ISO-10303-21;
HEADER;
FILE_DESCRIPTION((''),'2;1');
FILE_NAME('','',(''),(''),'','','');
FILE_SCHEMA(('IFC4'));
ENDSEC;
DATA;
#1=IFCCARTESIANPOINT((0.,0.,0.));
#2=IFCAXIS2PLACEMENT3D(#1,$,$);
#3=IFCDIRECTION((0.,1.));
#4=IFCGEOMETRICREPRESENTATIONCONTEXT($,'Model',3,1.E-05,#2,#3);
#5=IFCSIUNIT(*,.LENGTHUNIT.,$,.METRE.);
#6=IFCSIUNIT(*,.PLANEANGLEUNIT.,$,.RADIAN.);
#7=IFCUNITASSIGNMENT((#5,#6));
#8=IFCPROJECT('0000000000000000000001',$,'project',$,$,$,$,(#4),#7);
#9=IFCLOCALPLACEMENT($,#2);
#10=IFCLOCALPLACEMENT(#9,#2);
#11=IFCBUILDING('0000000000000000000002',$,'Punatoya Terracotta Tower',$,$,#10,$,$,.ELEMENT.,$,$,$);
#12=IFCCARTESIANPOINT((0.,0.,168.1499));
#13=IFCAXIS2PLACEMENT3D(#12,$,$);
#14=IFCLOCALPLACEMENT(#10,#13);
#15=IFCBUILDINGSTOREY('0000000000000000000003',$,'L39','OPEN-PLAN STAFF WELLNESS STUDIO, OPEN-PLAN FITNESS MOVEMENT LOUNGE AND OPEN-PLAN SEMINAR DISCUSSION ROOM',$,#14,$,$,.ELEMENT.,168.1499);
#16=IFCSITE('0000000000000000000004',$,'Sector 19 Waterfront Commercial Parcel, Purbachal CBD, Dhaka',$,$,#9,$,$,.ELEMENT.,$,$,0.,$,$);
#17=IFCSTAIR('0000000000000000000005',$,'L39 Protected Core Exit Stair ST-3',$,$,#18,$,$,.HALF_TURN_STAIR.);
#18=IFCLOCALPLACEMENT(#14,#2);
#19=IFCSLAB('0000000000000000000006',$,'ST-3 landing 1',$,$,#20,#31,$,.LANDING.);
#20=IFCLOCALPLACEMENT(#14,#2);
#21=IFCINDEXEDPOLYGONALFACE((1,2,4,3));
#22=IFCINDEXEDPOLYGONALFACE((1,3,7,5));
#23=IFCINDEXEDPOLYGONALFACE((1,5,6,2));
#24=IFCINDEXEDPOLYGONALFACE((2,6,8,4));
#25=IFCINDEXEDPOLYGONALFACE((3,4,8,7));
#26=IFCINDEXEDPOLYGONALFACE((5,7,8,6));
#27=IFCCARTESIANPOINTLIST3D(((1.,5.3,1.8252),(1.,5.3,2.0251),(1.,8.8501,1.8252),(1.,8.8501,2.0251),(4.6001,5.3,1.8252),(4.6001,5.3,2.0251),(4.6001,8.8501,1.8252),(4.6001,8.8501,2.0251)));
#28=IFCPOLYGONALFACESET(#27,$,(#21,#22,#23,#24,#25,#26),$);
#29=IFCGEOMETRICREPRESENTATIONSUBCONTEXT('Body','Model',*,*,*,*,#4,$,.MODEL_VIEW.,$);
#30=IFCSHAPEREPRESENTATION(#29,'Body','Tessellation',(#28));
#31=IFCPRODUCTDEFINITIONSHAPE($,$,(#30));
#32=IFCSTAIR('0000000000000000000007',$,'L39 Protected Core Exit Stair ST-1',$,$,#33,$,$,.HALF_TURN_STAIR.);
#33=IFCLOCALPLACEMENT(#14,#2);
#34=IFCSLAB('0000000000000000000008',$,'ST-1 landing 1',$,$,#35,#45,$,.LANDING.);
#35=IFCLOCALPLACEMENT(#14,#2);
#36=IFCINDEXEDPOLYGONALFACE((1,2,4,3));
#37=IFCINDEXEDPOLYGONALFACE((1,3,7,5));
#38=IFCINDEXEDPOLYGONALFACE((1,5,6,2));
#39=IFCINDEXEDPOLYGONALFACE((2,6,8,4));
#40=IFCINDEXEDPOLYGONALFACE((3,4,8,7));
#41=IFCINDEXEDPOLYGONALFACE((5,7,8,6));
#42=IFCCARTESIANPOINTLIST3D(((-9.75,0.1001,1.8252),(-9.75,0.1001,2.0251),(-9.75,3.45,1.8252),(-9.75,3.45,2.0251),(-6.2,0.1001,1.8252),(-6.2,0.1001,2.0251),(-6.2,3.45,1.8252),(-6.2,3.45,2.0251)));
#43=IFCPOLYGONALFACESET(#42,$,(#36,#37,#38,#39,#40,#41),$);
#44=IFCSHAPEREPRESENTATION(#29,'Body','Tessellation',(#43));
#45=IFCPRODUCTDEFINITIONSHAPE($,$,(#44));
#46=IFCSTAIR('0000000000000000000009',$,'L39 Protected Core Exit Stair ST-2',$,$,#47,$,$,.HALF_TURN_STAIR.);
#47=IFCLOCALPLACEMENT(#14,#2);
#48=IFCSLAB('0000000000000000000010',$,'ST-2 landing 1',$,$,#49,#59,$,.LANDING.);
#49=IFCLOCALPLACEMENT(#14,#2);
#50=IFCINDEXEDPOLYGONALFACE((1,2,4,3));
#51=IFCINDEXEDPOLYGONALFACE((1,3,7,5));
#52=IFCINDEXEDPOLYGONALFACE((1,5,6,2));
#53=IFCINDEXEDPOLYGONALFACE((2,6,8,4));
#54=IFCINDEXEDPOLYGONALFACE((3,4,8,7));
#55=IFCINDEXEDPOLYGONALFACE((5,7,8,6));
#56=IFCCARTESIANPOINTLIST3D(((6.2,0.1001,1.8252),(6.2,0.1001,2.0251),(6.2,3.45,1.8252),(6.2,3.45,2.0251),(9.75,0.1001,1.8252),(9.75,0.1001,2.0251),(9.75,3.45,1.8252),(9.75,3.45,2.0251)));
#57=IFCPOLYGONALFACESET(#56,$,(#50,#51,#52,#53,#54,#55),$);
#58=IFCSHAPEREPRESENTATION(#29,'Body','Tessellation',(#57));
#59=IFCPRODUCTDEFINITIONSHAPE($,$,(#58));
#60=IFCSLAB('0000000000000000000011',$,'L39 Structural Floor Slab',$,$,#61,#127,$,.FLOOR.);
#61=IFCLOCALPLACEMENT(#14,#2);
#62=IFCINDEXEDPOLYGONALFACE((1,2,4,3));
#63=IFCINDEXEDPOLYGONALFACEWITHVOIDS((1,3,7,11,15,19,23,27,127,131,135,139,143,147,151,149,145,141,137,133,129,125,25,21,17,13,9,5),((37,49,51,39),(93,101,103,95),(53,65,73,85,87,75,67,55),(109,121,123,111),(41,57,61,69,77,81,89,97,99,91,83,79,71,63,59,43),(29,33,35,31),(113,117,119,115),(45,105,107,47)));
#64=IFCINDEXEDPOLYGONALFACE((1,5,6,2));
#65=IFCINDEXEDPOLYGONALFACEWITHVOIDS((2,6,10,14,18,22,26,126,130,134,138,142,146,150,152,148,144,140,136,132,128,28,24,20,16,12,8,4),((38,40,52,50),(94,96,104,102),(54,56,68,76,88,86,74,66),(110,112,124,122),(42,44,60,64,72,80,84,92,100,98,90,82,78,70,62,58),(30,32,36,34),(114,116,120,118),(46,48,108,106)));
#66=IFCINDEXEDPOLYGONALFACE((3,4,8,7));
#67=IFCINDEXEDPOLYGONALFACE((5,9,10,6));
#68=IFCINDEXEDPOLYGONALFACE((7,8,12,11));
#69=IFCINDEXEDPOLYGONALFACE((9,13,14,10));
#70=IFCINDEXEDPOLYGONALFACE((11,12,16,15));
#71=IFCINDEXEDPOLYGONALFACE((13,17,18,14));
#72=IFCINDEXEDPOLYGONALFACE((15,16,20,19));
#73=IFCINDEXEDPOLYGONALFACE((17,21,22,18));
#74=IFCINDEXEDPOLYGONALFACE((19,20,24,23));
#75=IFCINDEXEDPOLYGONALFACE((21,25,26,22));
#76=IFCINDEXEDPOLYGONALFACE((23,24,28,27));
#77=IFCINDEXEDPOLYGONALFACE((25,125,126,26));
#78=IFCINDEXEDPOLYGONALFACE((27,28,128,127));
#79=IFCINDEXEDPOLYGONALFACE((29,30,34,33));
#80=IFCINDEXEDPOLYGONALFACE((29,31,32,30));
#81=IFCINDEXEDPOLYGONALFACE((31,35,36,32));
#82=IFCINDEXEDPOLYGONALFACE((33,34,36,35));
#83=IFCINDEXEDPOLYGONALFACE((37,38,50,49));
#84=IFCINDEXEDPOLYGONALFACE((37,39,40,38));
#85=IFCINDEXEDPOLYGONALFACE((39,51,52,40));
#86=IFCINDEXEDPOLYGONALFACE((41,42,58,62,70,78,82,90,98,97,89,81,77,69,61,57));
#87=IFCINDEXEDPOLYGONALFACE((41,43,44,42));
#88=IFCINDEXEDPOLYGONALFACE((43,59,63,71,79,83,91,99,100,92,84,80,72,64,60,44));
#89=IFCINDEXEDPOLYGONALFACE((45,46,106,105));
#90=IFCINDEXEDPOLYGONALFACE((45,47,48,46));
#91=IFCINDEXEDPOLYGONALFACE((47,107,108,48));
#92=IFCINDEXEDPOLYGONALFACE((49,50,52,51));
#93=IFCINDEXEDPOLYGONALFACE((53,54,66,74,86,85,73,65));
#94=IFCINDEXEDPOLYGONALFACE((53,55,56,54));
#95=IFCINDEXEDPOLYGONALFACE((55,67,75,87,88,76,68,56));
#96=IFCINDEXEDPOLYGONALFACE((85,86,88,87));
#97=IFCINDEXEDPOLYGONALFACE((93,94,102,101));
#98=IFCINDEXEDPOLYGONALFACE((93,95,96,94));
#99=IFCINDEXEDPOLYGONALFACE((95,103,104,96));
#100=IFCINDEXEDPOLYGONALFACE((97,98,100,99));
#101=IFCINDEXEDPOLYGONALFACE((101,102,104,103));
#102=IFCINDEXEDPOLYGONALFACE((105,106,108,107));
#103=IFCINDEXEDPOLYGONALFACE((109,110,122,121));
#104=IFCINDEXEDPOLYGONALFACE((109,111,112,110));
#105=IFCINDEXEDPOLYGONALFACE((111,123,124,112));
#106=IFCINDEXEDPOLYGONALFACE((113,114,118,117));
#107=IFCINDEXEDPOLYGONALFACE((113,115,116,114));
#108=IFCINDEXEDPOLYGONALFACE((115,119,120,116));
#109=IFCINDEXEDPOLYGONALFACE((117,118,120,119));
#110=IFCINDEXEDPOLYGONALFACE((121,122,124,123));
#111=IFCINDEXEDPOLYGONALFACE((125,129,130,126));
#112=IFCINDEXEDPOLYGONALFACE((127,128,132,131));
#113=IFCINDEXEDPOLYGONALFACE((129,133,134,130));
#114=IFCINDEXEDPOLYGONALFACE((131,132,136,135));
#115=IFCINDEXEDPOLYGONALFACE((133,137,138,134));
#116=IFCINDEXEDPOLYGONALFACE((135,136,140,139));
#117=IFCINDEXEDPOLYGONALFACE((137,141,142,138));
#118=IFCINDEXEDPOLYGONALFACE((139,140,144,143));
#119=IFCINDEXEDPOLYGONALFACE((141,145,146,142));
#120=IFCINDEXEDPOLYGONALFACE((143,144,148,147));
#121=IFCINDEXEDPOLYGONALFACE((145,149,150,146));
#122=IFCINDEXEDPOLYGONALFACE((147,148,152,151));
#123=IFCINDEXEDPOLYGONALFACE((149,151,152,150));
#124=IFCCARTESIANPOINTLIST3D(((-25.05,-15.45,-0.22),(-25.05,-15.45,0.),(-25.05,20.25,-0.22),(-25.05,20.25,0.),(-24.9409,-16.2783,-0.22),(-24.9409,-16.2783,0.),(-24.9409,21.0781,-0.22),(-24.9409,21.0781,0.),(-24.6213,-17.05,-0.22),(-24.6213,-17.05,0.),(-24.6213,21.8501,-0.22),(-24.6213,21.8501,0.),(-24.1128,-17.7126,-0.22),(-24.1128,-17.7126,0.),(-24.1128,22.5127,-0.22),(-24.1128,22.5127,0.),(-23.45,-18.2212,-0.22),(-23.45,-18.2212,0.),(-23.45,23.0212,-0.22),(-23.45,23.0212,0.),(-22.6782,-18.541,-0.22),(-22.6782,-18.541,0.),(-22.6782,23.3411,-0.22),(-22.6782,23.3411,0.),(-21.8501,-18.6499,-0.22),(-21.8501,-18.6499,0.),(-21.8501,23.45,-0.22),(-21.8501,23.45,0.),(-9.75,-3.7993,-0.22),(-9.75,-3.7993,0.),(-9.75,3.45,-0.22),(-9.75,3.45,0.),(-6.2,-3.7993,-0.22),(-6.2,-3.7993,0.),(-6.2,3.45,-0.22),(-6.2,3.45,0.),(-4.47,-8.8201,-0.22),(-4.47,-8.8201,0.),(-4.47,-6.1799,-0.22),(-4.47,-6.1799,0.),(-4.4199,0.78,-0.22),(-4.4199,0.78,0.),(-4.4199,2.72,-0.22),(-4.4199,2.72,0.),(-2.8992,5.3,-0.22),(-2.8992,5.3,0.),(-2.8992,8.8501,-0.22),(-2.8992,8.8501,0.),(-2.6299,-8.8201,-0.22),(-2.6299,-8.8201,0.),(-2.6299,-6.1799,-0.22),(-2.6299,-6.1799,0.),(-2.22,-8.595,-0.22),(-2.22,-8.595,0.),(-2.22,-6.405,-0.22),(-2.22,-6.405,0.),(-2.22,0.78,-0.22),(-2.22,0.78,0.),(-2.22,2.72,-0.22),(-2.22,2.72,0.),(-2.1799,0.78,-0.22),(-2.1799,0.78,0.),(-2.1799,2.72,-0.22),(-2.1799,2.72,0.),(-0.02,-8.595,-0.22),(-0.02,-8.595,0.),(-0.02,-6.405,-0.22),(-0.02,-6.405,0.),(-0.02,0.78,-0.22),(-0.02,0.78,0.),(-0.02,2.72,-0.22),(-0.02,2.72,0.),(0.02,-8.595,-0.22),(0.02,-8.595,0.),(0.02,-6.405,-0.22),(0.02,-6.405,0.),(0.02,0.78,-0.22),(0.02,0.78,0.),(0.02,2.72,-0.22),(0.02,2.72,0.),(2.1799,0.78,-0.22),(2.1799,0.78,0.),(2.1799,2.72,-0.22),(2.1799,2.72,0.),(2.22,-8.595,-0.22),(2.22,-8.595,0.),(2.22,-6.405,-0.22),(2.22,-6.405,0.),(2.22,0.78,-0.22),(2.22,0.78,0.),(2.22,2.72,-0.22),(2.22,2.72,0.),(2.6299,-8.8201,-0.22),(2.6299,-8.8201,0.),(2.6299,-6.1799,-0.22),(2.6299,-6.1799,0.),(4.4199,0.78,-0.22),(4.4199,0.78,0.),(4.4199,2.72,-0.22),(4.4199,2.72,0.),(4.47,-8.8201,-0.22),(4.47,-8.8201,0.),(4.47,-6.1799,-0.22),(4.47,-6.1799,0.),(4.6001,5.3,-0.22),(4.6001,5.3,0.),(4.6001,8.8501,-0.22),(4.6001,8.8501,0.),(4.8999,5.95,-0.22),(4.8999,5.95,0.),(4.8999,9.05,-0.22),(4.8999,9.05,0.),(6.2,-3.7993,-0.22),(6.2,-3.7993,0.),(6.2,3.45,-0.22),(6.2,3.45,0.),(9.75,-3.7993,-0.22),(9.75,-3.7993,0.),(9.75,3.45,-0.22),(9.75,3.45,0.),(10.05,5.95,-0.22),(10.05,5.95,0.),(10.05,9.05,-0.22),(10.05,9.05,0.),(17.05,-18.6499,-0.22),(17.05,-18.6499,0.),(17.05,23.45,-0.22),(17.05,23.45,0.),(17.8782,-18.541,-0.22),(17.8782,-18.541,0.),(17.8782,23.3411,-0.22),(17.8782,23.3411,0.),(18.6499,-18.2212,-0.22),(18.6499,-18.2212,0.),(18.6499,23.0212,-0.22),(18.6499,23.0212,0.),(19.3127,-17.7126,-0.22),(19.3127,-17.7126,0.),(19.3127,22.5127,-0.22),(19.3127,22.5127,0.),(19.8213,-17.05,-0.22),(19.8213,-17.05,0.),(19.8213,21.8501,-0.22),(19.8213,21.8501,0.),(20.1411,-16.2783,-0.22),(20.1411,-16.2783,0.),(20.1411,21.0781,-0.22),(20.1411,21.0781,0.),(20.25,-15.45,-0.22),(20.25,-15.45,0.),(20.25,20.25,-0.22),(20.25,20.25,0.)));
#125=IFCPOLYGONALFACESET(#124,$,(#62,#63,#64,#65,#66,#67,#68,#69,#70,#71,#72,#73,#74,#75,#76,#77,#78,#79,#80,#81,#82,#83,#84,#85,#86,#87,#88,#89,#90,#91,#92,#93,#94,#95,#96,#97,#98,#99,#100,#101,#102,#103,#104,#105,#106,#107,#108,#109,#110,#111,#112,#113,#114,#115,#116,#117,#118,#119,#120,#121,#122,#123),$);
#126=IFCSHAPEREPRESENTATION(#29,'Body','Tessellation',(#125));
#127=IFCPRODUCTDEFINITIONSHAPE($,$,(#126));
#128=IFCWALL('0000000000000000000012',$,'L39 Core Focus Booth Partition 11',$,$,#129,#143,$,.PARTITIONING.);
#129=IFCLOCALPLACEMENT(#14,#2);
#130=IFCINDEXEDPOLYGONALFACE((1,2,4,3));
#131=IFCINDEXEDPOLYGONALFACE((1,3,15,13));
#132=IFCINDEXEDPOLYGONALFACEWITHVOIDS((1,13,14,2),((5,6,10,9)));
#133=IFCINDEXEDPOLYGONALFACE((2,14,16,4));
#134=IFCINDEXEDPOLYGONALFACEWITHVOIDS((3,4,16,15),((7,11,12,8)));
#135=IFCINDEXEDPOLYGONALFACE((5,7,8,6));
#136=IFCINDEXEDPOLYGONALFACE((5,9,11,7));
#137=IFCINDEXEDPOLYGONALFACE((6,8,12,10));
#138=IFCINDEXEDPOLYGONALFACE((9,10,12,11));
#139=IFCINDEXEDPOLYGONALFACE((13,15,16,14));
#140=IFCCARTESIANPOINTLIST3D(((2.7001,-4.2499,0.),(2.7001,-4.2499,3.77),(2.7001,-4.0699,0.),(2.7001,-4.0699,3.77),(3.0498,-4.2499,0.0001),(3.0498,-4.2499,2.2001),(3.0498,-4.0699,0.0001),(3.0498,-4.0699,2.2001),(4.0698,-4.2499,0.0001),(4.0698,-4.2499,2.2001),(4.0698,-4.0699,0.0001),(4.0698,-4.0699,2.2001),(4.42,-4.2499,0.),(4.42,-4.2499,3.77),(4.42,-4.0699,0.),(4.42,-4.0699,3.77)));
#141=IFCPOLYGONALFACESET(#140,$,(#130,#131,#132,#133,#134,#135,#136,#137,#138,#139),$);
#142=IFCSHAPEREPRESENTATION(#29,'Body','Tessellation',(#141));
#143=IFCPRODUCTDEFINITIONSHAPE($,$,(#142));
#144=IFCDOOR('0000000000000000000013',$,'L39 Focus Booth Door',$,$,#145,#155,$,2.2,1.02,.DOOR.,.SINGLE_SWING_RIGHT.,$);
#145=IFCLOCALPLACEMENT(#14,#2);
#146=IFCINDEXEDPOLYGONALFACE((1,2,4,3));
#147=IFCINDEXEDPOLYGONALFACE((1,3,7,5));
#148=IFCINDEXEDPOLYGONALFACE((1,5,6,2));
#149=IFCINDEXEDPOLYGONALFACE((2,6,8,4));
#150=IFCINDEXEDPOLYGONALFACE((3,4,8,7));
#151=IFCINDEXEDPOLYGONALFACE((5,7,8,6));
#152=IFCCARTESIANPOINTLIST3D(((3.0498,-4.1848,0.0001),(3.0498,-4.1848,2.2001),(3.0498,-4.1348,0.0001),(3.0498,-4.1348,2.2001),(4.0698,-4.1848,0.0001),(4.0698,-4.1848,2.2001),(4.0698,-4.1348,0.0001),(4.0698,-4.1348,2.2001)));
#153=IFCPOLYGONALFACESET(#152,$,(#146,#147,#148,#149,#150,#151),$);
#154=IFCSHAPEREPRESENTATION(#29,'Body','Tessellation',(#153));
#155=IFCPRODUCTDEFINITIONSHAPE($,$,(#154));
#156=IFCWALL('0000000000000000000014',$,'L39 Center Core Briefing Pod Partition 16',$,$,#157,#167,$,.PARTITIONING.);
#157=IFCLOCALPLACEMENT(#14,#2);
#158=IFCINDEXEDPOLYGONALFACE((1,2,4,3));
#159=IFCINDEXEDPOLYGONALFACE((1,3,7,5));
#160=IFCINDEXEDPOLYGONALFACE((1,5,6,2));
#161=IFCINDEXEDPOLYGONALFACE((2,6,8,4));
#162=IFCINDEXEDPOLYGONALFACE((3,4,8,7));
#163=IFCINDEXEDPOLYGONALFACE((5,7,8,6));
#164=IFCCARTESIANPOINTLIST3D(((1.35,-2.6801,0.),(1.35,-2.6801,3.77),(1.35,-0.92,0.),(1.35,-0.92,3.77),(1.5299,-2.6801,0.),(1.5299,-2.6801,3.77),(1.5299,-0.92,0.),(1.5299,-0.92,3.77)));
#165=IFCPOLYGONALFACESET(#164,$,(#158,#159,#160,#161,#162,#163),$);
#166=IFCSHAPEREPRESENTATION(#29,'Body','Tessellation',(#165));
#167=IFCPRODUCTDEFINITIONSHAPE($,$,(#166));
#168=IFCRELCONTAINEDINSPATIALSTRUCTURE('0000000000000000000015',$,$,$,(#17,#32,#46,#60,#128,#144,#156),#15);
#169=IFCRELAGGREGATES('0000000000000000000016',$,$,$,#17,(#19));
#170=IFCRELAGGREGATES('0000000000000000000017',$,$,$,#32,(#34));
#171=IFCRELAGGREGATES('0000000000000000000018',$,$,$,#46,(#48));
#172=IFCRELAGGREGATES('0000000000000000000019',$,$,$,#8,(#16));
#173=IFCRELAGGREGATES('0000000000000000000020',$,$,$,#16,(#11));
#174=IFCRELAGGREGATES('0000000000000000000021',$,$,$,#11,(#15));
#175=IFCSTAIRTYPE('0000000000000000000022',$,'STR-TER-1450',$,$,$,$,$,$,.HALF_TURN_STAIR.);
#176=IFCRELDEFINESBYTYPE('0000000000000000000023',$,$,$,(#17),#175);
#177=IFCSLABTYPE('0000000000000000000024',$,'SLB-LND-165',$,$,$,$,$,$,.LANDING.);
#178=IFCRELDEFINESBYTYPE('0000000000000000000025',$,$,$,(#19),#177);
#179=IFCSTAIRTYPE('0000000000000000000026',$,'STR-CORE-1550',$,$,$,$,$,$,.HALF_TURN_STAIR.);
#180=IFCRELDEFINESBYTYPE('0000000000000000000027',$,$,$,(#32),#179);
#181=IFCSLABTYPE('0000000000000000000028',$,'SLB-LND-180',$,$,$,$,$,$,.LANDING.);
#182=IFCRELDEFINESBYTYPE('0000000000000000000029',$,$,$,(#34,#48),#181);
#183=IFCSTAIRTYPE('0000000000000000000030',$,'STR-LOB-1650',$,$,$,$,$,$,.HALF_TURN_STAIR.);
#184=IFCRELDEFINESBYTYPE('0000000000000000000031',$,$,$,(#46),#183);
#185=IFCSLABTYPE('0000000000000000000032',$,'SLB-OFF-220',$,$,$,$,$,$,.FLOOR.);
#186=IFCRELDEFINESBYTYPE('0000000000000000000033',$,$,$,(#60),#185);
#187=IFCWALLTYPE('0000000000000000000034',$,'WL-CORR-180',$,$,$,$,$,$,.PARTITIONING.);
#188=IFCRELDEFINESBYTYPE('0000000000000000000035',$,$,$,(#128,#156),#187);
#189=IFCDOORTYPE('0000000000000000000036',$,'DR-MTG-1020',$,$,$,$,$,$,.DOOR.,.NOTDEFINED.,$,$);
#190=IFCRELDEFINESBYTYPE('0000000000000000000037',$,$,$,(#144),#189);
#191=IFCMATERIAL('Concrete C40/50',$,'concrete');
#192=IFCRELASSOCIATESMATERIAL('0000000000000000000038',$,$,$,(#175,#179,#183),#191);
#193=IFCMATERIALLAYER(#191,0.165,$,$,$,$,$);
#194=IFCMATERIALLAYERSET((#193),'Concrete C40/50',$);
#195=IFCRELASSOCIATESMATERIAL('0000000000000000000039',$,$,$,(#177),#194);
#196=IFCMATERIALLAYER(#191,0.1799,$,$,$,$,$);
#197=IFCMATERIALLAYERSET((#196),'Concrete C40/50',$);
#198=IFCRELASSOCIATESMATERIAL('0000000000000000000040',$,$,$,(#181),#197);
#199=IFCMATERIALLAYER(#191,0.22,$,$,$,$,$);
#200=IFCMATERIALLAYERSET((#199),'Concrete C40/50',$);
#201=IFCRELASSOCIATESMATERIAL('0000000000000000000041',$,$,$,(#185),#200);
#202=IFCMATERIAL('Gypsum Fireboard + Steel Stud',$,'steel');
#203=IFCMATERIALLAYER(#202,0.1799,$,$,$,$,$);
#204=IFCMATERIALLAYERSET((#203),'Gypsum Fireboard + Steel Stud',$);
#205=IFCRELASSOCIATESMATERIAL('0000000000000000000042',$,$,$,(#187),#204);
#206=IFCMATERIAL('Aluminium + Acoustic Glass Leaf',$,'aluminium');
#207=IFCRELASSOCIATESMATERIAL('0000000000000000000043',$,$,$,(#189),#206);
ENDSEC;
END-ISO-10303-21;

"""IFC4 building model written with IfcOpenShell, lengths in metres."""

from ifc_helpers import new_model, si_unit, direction, frame, frame_2d, origin, place, context, subcontext, project, spatial, polyline, rectangle, outline, extrude, material, layer, layer_set, type_object, element, fill, aggregate, save


model = new_model("IFC4")

# Units and contexts
model_context = context("Model", 3, precision=1e-05, world=origin(), true_north=direction((0.0, 1.0)))
body_context = subcontext(model_context, "Body", "Model", "MODEL_VIEW")
ifc_project = project(units=[si_unit("LENGTHUNIT", "METRE"), si_unit("PLANEANGLEUNIT", "RADIAN")], contexts=[model_context])

# Site, building, storey
site_placement = place(None, origin())
site = spatial("IfcSite", under=ifc_project, at=site_placement, Name="Sector 19 Waterfront Commercial Parcel, Purbachal CBD, Dhaka", CompositionType="ELEMENT", RefElevation=0.0)
building_placement = place(site_placement, origin())
building = spatial("IfcBuilding", under=site, at=building_placement, Name="Punatoya Terracotta Tower", CompositionType="ELEMENT")
storey_placement = place(building_placement, frame((0.0, 0.0, 168.1499)))
storey = spatial("IfcBuildingStorey", under=building, at=storey_placement, Name="L39", Description="OPEN-PLAN STAFF WELLNESS STUDIO, OPEN-PLAN FITNESS MOVEMENT LOUNGE AND OPEN-PLAN SEMINAR DISCUSSION ROOM", CompositionType="ELEMENT", Elevation=168.1499)

# Stairs, slabs
ifc_material_1 = material(Name="Concrete C40/50", Category="concrete")
stair_type_1 = type_object("IfcStairType", Name="STR-TER-1450", PredefinedType="HALF_TURN_STAIR", material=ifc_material_1)
stair_1_placement = place(storey_placement, origin())
stair_1 = element("IfcStair", 1, at=stair_1_placement, inside=storey, type_object=stair_type_1, Name="L39 Protected Core Exit Stair ST-3", PredefinedType="HALF_TURN_STAIR")
ifc_layer_1 = layer(ifc_material_1, 0.165)
ifc_layer_set_1 = layer_set([ifc_layer_1], Name="Concrete C40/50")
slab_type_1 = type_object("IfcSlabType", Name="SLB-LND-165", PredefinedType="LANDING", material=ifc_layer_set_1)
slab_1_placement = place(storey_placement, frame((0.0, 0.0, 1.8252)))
slab_1 = element("IfcSlab", 2, at=slab_1_placement, type_object=slab_type_1, Name="ST-3 landing 1", PredefinedType="LANDING", context=body_context, shape_type="SweptSolid", body=[
    extrude(outline(polyline([(1.0, 5.3), (4.6001, 5.3), (4.6001, 8.8501), (1.0, 8.8501), (1.0, 5.3)])), origin(), (0.0, 0.0, 1.0), 0.2),
])
aggregate(stair_1, [slab_1])
stair_type_2 = type_object("IfcStairType", Name="STR-CORE-1550", PredefinedType="HALF_TURN_STAIR", material=ifc_material_1)
stair_2_placement = place(storey_placement, origin())
stair_2 = element("IfcStair", 3, at=stair_2_placement, inside=storey, type_object=stair_type_2, Name="L39 Protected Core Exit Stair ST-1", PredefinedType="HALF_TURN_STAIR")
ifc_layer_2 = layer(ifc_material_1, 0.1799)
ifc_layer_set_2 = layer_set([ifc_layer_2], Name="Concrete C40/50")
slab_type_2 = type_object("IfcSlabType", Name="SLB-LND-180", PredefinedType="LANDING", material=ifc_layer_set_2)
slab_2_placement = place(storey_placement, frame((0.0, 0.0, 1.8252)))
slab_2 = element("IfcSlab", 4, at=slab_2_placement, type_object=slab_type_2, Name="ST-1 landing 1", PredefinedType="LANDING", context=body_context, shape_type="SweptSolid", body=[
    extrude(outline(polyline([(-6.2, 0.1001), (-6.2, 3.45), (-9.75, 3.45), (-9.75, 0.1001), (-6.2, 0.1001)])), origin(), (0.0, 0.0, 1.0), 0.2),
])
aggregate(stair_2, [slab_2])
stair_type_3 = type_object("IfcStairType", Name="STR-LOB-1650", PredefinedType="HALF_TURN_STAIR", material=ifc_material_1)
stair_3_placement = place(storey_placement, origin())
stair_3 = element("IfcStair", 5, at=stair_3_placement, inside=storey, type_object=stair_type_3, Name="L39 Protected Core Exit Stair ST-2", PredefinedType="HALF_TURN_STAIR")
slab_3_placement = place(storey_placement, frame((0.0, 0.0, 1.8252)))
slab_3 = element("IfcSlab", 6, at=slab_3_placement, type_object=slab_type_2, Name="ST-2 landing 1", PredefinedType="LANDING", context=body_context, shape_type="SweptSolid", body=[
    extrude(outline(polyline([(9.75, 0.1001), (9.75, 3.45), (6.2, 3.45), (6.2, 0.1001), (9.75, 0.1001)])), origin(), (0.0, 0.0, 1.0), 0.2),
])
aggregate(stair_3, [slab_3])

# Slab
ifc_layer_3 = layer(ifc_material_1, 0.22)
ifc_layer_set_3 = layer_set([ifc_layer_3], Name="Concrete C40/50")
slab_type_3 = type_object("IfcSlabType", Name="SLB-OFF-220", PredefinedType="FLOOR", material=ifc_layer_set_3)
slab_4_placement = place(storey_placement, frame((0.0, 0.0, -0.22)))
element("IfcSlab", 7, at=slab_4_placement, inside=storey, type_object=slab_type_3, Name="L39 Structural Floor Slab", PredefinedType="FLOOR", context=body_context, shape_type="SweptSolid", body=[
    extrude(outline(polyline([(-21.8501, -18.6499), (-22.6782, -18.541), (-23.45, -18.2212), (-24.1128, -17.7126), (-24.6213, -17.05), (-24.9409, -16.2783), (-25.05, -15.45), (-25.05, 20.25), (-24.9409, 21.0781), (-24.6213, 21.8501), (-24.1128, 22.5127), (-23.45, 23.0212), (-22.6782, 23.3411), (-21.8501, 23.45), (17.05, 23.45), (17.8782, 23.3411), (18.6499, 23.0212), (19.3127, 22.5127), (19.8213, 21.8501), (20.1411, 21.0781), (20.25, 20.25), (20.25, -15.45), (20.1411, -16.2783), (19.8213, -17.05), (19.3127, -17.7126), (18.6499, -18.2212), (17.8782, -18.541), (17.05, -18.6499), (-21.8501, -18.6499)]), holes=[polyline([(-2.6299, -6.1799), (-4.47, -6.1799), (-4.47, -8.8201), (-2.6299, -8.8201), (-2.6299, -6.1799)]), polyline([(0.02, -8.595), (2.22, -8.595), (2.22, -6.405), (0.02, -6.405), (-0.02, -6.405), (-2.22, -6.405), (-2.22, -8.595), (-0.02, -8.595), (0.02, -8.595)]), polyline([(-6.2, 3.45), (-9.75, 3.45), (-9.75, -3.7993), (-6.2, -3.7993), (-6.2, 3.45)]), polyline([(-4.4199, 2.72), (-4.4199, 0.78), (-2.22, 0.78), (-2.1799, 0.78), (-0.02, 0.78), (0.02, 0.78), (2.1799, 0.78), (2.22, 0.78), (4.4199, 0.78), (4.4199, 2.72), (2.22, 2.72), (2.1799, 2.72), (0.02, 2.72), (-0.02, 2.72), (-2.1799, 2.72), (-2.22, 2.72), (-4.4199, 2.72)]), polyline([(4.6001, 5.3), (4.6001, 8.8501), (-2.8992, 8.8501), (-2.8992, 5.3), (4.6001, 5.3)]), polyline([(4.47, -8.8201), (4.47, -6.1799), (2.6299, -6.1799), (2.6299, -8.8201), (4.47, -8.8201)]), polyline([(9.75, 3.45), (6.2, 3.45), (6.2, -3.7993), (9.75, -3.7993), (9.75, 3.45)]), polyline([(10.05, 5.95), (10.05, 9.05), (4.8999, 9.05), (4.8999, 5.95), (10.05, 5.95)])]), origin(), (0.0, 0.0, 1.0), 0.22),
])

# Wall, opening, door
ifc_material_2 = material(Name="Gypsum Fireboard + Steel Stud", Category="steel")
ifc_layer_4 = layer(ifc_material_2, 0.1799)
ifc_layer_set_4 = layer_set([ifc_layer_4], Name="Gypsum Fireboard + Steel Stud")
wall_type_1 = type_object("IfcWallType", Name="WL-CORR-180", PredefinedType="PARTITIONING", material=ifc_layer_set_4)
wall_1_placement = place(storey_placement, frame((4.4199, -4.1599, 0.0), z_axis=(0.0, 0.0, 1.0), x_axis=(-1.0, 0.0, 0.0)))
wall_1 = element("IfcWall", 8, at=wall_1_placement, inside=storey, type_object=wall_type_1, Name="L39 Core Focus Booth Partition 11", PredefinedType="PARTITIONING", context=body_context, shape_type="SweptSolid", body=[
    extrude(rectangle(XDim=1.72, YDim=0.1799, at=frame_2d((0.8599, 0.0))), origin(), (0.0, 0.0, 1.0), 3.77),
])
opening_1_placement = place(wall_1_placement, frame((0.3501, 0.0, 0.0)))
opening_1 = element("IfcOpeningElement", 9, at=opening_1_placement, cuts=wall_1, PredefinedType="OPENING", context=body_context, shape_type="SweptSolid", body=[
    extrude(rectangle(XDim=1.02, YDim=2.2, at=frame_2d((0.51, 1.1001))), frame((0.0, 0.0999, 0.0), z_axis=(0.0, -1.0, 0.0), x_axis=(1.0, 0.0, 0.0)), (0.0, 0.0, 1.0), 0.2),
])
ifc_material_3 = material(Name="Aluminium + Acoustic Glass Leaf", Category="aluminium")
door_type_1 = type_object("IfcDoorType", Name="DR-MTG-1020", OperationType="NOTDEFINED", PredefinedType="DOOR", material=ifc_material_3)
door_1_placement = place(opening_1_placement, origin())
door_1 = element("IfcDoor", 10, at=door_1_placement, inside=storey, type_object=door_type_1, Name="L39 Focus Booth Door", OperationType="SINGLE_SWING_RIGHT", OverallHeight=2.2, OverallWidth=1.02, PredefinedType="DOOR", context=body_context, shape_type="SweptSolid", body=[
    extrude(rectangle(XDim=1.02, YDim=2.2, at=frame_2d((0.51, 1.1001))), frame((0.0, 0.0249, 0.0), z_axis=(0.0, -1.0, 0.0), x_axis=(1.0, 0.0, 0.0)), (0.0, 0.0, 1.0), 0.05),
])
fill(opening_1, door_1)

# Wall
wall_2_placement = place(storey_placement, frame((1.4399, -2.6799, 0.0), z_axis=(0.0, 0.0, 1.0), x_axis=(0.0, 1.0, 0.0)))
element("IfcWall", 11, at=wall_2_placement, inside=storey, type_object=wall_type_1, Name="L39 Center Core Briefing Pod Partition 16", PredefinedType="PARTITIONING", context=body_context, shape_type="SweptSolid", body=[
    extrude(rectangle(XDim=1.76, YDim=0.1799, at=frame_2d((0.8799, 0.0))), origin(), (0.0, 0.0, 1.0), 3.77),
])

save(model, "model.ifc")
